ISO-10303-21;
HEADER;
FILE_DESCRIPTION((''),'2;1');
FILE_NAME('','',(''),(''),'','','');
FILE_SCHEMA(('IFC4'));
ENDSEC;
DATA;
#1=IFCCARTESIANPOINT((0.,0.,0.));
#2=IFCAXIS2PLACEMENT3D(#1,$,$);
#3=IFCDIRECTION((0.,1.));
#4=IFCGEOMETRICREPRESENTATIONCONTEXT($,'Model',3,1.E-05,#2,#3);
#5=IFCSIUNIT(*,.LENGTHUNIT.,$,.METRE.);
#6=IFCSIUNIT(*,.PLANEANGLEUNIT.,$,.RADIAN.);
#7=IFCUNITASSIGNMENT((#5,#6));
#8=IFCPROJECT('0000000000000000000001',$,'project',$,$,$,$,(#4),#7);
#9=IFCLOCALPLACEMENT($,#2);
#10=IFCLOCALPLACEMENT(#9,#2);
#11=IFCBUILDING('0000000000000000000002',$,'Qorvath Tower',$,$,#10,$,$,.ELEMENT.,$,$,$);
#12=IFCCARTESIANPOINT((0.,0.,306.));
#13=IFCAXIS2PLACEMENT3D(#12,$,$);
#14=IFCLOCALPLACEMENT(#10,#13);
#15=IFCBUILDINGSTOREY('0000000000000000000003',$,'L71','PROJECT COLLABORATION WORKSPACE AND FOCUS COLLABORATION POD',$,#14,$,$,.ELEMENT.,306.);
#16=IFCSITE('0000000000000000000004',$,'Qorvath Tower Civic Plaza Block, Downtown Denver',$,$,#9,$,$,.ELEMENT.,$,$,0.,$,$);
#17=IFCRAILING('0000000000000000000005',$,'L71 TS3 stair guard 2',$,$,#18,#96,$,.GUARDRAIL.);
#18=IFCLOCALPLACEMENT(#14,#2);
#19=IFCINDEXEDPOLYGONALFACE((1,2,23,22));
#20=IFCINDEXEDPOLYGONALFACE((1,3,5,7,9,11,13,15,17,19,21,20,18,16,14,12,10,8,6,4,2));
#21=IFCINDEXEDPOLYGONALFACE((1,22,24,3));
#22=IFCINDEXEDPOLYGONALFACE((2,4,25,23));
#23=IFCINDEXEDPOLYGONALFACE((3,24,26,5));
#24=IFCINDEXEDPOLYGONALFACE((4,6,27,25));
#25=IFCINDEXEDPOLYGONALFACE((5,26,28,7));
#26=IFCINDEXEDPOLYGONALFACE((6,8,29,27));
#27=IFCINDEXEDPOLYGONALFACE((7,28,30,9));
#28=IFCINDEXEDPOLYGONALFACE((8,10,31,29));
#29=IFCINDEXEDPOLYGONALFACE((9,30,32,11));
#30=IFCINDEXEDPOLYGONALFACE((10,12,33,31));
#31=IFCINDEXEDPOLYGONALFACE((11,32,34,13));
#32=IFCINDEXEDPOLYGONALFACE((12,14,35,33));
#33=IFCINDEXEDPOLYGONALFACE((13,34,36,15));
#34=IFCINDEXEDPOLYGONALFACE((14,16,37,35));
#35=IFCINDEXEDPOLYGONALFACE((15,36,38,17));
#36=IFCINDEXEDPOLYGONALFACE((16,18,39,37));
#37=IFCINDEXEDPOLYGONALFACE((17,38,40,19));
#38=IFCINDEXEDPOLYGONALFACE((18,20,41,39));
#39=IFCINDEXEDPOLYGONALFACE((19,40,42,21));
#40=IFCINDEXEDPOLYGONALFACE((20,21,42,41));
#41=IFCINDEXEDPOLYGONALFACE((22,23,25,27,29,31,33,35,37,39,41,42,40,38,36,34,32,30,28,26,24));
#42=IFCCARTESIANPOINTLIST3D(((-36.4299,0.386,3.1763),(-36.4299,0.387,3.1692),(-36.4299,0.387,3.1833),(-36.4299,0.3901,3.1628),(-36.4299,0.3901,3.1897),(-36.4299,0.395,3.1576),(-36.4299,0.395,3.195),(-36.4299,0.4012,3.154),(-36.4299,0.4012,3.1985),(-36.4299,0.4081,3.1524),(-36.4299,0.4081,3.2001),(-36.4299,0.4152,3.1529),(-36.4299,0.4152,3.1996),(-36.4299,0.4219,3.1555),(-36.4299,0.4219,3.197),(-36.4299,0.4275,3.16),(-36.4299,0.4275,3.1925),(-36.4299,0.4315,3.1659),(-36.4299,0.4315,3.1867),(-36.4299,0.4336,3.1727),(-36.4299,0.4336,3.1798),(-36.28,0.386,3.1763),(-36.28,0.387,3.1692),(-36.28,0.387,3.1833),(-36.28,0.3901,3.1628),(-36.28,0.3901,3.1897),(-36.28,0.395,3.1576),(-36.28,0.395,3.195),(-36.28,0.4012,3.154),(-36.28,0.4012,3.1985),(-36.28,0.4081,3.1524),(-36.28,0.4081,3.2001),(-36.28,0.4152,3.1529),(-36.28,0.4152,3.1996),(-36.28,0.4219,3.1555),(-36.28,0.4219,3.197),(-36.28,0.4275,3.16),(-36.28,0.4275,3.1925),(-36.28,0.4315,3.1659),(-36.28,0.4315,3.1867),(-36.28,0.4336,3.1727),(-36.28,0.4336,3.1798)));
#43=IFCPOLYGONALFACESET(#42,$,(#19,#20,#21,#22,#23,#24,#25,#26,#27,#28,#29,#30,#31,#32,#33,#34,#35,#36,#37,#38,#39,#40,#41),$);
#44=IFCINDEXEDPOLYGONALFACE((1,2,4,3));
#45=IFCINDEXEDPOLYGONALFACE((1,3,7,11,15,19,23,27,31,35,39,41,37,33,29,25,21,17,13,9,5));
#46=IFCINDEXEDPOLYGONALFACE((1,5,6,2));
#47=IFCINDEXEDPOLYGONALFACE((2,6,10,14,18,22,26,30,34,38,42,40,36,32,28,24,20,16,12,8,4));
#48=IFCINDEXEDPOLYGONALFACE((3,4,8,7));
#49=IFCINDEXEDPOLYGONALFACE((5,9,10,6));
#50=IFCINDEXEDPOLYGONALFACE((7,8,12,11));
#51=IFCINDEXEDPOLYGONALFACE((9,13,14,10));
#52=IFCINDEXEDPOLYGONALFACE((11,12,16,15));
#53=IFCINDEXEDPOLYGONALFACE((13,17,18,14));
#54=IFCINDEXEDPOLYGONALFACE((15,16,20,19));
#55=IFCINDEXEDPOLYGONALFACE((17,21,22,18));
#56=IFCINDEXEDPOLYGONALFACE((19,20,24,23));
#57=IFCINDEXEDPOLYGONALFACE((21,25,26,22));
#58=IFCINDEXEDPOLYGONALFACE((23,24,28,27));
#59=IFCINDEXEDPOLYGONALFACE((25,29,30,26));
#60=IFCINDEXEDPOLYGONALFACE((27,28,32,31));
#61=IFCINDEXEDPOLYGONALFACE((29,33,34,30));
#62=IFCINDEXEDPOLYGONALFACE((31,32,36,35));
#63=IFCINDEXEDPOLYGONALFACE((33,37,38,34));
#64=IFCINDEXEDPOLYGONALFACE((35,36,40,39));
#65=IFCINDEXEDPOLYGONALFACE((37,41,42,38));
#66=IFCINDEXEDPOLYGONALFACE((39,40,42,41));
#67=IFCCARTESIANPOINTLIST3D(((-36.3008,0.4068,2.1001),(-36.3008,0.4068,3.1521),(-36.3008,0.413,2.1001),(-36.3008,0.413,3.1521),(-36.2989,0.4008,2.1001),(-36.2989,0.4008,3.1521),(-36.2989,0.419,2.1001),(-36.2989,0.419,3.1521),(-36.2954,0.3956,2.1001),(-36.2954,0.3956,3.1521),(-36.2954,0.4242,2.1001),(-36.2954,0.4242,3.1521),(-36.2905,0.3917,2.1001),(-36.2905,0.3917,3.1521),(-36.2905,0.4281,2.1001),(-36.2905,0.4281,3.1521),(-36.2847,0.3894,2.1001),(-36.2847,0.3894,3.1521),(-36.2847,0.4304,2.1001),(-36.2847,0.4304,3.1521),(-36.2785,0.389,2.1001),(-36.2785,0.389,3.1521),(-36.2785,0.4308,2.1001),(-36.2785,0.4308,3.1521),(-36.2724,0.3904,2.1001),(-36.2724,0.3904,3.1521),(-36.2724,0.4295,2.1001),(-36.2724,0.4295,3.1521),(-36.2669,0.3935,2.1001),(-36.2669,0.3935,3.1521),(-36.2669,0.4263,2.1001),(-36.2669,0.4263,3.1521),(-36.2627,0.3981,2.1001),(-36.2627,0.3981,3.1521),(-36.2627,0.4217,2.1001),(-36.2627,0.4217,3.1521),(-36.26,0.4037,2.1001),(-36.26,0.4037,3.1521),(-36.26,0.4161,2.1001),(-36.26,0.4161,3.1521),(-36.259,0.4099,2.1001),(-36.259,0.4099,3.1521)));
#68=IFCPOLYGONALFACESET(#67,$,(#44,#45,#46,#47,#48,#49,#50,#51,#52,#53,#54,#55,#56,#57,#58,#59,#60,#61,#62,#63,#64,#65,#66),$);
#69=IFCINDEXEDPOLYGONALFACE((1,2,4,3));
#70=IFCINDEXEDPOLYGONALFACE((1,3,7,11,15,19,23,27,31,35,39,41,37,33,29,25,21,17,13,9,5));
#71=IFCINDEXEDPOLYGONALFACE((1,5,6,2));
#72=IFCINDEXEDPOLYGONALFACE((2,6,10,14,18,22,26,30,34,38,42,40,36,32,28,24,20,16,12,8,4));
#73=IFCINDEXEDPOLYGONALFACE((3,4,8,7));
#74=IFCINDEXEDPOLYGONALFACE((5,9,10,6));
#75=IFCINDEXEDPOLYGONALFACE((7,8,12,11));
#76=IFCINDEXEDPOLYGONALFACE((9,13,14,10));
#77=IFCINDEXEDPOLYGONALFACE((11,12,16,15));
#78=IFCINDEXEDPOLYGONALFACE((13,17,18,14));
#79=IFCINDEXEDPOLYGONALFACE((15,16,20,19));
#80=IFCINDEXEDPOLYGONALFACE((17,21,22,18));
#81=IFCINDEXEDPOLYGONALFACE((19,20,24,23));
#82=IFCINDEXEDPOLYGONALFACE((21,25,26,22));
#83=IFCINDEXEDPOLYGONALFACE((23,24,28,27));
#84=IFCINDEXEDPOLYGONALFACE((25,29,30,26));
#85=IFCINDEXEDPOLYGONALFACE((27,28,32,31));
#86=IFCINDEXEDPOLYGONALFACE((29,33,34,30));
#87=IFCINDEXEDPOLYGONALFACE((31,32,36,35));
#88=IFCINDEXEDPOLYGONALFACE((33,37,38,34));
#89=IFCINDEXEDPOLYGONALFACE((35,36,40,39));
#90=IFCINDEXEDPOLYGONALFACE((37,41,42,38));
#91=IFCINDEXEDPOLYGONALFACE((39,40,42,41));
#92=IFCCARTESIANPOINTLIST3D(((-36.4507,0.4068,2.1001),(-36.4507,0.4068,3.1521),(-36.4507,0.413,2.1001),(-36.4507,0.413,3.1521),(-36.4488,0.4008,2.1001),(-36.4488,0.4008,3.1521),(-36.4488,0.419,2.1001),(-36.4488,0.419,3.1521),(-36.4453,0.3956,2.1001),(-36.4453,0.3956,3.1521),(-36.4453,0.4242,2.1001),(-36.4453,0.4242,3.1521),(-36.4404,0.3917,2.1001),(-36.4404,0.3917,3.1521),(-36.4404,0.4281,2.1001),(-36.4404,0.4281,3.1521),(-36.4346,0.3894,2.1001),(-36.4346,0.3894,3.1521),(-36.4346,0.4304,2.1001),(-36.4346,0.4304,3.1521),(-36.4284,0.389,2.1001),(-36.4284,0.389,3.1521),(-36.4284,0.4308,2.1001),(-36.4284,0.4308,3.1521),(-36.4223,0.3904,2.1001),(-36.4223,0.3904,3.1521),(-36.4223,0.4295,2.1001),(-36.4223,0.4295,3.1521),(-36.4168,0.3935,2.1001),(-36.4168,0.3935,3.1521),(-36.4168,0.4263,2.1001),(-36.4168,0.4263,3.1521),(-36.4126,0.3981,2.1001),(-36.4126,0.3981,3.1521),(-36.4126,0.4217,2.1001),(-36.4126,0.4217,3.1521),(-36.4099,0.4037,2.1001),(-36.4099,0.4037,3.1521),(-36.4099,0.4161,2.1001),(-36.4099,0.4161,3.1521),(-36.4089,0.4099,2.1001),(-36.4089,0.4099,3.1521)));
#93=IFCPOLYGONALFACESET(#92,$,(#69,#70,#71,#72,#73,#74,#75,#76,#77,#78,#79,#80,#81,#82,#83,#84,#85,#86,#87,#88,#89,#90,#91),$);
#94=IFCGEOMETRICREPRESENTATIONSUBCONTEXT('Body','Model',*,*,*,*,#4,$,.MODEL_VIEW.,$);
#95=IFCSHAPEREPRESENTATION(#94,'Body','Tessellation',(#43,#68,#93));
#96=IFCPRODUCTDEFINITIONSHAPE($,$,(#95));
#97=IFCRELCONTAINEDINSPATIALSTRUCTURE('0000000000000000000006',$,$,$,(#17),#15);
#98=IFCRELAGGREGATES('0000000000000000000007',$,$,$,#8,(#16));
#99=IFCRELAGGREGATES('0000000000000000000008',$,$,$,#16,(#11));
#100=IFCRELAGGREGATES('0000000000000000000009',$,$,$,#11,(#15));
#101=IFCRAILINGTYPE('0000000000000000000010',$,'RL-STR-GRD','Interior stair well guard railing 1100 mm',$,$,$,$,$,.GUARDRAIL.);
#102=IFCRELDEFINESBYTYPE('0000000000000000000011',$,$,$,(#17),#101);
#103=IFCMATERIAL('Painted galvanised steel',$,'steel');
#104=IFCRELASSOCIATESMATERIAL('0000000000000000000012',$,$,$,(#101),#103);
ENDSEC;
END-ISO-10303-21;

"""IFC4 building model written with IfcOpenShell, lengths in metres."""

from ifc_helpers import new_model, si_unit, direction, frame, origin, origin_2d, place, context, subcontext, project, spatial, circle, extrude, material, type_object, element, save


model = new_model("IFC4")

# Units and contexts
model_context = context("Model", 3, precision=1e-05, world=origin(), true_north=direction((0.0, 1.0)))
body_context = subcontext(model_context, "Body", "Model", "MODEL_VIEW")
ifc_project = project(units=[si_unit("LENGTHUNIT", "METRE"), si_unit("PLANEANGLEUNIT", "RADIAN")], contexts=[model_context])

# Site, building, storey
site_placement = place(None, origin())
site = spatial("IfcSite", under=ifc_project, at=site_placement, Name="Qorvath Tower Civic Plaza Block, Downtown Denver", CompositionType="ELEMENT", RefElevation=0.0)
building_placement = place(site_placement, origin())
building = spatial("IfcBuilding", under=site, at=building_placement, Name="Qorvath Tower", CompositionType="ELEMENT")
storey_placement = place(building_placement, frame((0.0, 0.0, 306.0)))
storey = spatial("IfcBuildingStorey", under=building, at=storey_placement, Name="L71", Description="PROJECT COLLABORATION WORKSPACE AND FOCUS COLLABORATION POD", CompositionType="ELEMENT", Elevation=306.0)

# Railing
ifc_material_1 = material(Name="Painted galvanised steel", Category="steel")
railing_type_1 = type_object("IfcRailingType", Name="RL-STR-GRD", Description="Interior stair well guard railing 1100 mm", PredefinedType="GUARDRAIL", material=ifc_material_1)
railing_1_placement = place(storey_placement, frame((-36.28, 0.4099, 2.1001)))
element("IfcRailing", 1, at=railing_1_placement, inside=storey, type_object=railing_type_1, Name="L71 TS3 stair guard 2", PredefinedType="GUARDRAIL", context=body_context, shape_type="SweptSolid", body=[
    extrude(circle(Radius=0.0239, at=origin_2d()), frame((0.0, 0.0, 1.0762), z_axis=(-1.0, 0.0, 0.0), x_axis=(0.0, -1.0, 0.0)), (0.0, 0.0, 1.0), 0.1499),
    extrude(circle(Radius=0.021, at=origin_2d()), origin(), (0.0, 0.0, 1.0), 1.052),
    extrude(circle(Radius=0.021, at=origin_2d()), frame((-0.1499, 0.0, 0.0)), (0.0, 0.0, 1.0), 1.052),
])

save(model, "model.ifc")
